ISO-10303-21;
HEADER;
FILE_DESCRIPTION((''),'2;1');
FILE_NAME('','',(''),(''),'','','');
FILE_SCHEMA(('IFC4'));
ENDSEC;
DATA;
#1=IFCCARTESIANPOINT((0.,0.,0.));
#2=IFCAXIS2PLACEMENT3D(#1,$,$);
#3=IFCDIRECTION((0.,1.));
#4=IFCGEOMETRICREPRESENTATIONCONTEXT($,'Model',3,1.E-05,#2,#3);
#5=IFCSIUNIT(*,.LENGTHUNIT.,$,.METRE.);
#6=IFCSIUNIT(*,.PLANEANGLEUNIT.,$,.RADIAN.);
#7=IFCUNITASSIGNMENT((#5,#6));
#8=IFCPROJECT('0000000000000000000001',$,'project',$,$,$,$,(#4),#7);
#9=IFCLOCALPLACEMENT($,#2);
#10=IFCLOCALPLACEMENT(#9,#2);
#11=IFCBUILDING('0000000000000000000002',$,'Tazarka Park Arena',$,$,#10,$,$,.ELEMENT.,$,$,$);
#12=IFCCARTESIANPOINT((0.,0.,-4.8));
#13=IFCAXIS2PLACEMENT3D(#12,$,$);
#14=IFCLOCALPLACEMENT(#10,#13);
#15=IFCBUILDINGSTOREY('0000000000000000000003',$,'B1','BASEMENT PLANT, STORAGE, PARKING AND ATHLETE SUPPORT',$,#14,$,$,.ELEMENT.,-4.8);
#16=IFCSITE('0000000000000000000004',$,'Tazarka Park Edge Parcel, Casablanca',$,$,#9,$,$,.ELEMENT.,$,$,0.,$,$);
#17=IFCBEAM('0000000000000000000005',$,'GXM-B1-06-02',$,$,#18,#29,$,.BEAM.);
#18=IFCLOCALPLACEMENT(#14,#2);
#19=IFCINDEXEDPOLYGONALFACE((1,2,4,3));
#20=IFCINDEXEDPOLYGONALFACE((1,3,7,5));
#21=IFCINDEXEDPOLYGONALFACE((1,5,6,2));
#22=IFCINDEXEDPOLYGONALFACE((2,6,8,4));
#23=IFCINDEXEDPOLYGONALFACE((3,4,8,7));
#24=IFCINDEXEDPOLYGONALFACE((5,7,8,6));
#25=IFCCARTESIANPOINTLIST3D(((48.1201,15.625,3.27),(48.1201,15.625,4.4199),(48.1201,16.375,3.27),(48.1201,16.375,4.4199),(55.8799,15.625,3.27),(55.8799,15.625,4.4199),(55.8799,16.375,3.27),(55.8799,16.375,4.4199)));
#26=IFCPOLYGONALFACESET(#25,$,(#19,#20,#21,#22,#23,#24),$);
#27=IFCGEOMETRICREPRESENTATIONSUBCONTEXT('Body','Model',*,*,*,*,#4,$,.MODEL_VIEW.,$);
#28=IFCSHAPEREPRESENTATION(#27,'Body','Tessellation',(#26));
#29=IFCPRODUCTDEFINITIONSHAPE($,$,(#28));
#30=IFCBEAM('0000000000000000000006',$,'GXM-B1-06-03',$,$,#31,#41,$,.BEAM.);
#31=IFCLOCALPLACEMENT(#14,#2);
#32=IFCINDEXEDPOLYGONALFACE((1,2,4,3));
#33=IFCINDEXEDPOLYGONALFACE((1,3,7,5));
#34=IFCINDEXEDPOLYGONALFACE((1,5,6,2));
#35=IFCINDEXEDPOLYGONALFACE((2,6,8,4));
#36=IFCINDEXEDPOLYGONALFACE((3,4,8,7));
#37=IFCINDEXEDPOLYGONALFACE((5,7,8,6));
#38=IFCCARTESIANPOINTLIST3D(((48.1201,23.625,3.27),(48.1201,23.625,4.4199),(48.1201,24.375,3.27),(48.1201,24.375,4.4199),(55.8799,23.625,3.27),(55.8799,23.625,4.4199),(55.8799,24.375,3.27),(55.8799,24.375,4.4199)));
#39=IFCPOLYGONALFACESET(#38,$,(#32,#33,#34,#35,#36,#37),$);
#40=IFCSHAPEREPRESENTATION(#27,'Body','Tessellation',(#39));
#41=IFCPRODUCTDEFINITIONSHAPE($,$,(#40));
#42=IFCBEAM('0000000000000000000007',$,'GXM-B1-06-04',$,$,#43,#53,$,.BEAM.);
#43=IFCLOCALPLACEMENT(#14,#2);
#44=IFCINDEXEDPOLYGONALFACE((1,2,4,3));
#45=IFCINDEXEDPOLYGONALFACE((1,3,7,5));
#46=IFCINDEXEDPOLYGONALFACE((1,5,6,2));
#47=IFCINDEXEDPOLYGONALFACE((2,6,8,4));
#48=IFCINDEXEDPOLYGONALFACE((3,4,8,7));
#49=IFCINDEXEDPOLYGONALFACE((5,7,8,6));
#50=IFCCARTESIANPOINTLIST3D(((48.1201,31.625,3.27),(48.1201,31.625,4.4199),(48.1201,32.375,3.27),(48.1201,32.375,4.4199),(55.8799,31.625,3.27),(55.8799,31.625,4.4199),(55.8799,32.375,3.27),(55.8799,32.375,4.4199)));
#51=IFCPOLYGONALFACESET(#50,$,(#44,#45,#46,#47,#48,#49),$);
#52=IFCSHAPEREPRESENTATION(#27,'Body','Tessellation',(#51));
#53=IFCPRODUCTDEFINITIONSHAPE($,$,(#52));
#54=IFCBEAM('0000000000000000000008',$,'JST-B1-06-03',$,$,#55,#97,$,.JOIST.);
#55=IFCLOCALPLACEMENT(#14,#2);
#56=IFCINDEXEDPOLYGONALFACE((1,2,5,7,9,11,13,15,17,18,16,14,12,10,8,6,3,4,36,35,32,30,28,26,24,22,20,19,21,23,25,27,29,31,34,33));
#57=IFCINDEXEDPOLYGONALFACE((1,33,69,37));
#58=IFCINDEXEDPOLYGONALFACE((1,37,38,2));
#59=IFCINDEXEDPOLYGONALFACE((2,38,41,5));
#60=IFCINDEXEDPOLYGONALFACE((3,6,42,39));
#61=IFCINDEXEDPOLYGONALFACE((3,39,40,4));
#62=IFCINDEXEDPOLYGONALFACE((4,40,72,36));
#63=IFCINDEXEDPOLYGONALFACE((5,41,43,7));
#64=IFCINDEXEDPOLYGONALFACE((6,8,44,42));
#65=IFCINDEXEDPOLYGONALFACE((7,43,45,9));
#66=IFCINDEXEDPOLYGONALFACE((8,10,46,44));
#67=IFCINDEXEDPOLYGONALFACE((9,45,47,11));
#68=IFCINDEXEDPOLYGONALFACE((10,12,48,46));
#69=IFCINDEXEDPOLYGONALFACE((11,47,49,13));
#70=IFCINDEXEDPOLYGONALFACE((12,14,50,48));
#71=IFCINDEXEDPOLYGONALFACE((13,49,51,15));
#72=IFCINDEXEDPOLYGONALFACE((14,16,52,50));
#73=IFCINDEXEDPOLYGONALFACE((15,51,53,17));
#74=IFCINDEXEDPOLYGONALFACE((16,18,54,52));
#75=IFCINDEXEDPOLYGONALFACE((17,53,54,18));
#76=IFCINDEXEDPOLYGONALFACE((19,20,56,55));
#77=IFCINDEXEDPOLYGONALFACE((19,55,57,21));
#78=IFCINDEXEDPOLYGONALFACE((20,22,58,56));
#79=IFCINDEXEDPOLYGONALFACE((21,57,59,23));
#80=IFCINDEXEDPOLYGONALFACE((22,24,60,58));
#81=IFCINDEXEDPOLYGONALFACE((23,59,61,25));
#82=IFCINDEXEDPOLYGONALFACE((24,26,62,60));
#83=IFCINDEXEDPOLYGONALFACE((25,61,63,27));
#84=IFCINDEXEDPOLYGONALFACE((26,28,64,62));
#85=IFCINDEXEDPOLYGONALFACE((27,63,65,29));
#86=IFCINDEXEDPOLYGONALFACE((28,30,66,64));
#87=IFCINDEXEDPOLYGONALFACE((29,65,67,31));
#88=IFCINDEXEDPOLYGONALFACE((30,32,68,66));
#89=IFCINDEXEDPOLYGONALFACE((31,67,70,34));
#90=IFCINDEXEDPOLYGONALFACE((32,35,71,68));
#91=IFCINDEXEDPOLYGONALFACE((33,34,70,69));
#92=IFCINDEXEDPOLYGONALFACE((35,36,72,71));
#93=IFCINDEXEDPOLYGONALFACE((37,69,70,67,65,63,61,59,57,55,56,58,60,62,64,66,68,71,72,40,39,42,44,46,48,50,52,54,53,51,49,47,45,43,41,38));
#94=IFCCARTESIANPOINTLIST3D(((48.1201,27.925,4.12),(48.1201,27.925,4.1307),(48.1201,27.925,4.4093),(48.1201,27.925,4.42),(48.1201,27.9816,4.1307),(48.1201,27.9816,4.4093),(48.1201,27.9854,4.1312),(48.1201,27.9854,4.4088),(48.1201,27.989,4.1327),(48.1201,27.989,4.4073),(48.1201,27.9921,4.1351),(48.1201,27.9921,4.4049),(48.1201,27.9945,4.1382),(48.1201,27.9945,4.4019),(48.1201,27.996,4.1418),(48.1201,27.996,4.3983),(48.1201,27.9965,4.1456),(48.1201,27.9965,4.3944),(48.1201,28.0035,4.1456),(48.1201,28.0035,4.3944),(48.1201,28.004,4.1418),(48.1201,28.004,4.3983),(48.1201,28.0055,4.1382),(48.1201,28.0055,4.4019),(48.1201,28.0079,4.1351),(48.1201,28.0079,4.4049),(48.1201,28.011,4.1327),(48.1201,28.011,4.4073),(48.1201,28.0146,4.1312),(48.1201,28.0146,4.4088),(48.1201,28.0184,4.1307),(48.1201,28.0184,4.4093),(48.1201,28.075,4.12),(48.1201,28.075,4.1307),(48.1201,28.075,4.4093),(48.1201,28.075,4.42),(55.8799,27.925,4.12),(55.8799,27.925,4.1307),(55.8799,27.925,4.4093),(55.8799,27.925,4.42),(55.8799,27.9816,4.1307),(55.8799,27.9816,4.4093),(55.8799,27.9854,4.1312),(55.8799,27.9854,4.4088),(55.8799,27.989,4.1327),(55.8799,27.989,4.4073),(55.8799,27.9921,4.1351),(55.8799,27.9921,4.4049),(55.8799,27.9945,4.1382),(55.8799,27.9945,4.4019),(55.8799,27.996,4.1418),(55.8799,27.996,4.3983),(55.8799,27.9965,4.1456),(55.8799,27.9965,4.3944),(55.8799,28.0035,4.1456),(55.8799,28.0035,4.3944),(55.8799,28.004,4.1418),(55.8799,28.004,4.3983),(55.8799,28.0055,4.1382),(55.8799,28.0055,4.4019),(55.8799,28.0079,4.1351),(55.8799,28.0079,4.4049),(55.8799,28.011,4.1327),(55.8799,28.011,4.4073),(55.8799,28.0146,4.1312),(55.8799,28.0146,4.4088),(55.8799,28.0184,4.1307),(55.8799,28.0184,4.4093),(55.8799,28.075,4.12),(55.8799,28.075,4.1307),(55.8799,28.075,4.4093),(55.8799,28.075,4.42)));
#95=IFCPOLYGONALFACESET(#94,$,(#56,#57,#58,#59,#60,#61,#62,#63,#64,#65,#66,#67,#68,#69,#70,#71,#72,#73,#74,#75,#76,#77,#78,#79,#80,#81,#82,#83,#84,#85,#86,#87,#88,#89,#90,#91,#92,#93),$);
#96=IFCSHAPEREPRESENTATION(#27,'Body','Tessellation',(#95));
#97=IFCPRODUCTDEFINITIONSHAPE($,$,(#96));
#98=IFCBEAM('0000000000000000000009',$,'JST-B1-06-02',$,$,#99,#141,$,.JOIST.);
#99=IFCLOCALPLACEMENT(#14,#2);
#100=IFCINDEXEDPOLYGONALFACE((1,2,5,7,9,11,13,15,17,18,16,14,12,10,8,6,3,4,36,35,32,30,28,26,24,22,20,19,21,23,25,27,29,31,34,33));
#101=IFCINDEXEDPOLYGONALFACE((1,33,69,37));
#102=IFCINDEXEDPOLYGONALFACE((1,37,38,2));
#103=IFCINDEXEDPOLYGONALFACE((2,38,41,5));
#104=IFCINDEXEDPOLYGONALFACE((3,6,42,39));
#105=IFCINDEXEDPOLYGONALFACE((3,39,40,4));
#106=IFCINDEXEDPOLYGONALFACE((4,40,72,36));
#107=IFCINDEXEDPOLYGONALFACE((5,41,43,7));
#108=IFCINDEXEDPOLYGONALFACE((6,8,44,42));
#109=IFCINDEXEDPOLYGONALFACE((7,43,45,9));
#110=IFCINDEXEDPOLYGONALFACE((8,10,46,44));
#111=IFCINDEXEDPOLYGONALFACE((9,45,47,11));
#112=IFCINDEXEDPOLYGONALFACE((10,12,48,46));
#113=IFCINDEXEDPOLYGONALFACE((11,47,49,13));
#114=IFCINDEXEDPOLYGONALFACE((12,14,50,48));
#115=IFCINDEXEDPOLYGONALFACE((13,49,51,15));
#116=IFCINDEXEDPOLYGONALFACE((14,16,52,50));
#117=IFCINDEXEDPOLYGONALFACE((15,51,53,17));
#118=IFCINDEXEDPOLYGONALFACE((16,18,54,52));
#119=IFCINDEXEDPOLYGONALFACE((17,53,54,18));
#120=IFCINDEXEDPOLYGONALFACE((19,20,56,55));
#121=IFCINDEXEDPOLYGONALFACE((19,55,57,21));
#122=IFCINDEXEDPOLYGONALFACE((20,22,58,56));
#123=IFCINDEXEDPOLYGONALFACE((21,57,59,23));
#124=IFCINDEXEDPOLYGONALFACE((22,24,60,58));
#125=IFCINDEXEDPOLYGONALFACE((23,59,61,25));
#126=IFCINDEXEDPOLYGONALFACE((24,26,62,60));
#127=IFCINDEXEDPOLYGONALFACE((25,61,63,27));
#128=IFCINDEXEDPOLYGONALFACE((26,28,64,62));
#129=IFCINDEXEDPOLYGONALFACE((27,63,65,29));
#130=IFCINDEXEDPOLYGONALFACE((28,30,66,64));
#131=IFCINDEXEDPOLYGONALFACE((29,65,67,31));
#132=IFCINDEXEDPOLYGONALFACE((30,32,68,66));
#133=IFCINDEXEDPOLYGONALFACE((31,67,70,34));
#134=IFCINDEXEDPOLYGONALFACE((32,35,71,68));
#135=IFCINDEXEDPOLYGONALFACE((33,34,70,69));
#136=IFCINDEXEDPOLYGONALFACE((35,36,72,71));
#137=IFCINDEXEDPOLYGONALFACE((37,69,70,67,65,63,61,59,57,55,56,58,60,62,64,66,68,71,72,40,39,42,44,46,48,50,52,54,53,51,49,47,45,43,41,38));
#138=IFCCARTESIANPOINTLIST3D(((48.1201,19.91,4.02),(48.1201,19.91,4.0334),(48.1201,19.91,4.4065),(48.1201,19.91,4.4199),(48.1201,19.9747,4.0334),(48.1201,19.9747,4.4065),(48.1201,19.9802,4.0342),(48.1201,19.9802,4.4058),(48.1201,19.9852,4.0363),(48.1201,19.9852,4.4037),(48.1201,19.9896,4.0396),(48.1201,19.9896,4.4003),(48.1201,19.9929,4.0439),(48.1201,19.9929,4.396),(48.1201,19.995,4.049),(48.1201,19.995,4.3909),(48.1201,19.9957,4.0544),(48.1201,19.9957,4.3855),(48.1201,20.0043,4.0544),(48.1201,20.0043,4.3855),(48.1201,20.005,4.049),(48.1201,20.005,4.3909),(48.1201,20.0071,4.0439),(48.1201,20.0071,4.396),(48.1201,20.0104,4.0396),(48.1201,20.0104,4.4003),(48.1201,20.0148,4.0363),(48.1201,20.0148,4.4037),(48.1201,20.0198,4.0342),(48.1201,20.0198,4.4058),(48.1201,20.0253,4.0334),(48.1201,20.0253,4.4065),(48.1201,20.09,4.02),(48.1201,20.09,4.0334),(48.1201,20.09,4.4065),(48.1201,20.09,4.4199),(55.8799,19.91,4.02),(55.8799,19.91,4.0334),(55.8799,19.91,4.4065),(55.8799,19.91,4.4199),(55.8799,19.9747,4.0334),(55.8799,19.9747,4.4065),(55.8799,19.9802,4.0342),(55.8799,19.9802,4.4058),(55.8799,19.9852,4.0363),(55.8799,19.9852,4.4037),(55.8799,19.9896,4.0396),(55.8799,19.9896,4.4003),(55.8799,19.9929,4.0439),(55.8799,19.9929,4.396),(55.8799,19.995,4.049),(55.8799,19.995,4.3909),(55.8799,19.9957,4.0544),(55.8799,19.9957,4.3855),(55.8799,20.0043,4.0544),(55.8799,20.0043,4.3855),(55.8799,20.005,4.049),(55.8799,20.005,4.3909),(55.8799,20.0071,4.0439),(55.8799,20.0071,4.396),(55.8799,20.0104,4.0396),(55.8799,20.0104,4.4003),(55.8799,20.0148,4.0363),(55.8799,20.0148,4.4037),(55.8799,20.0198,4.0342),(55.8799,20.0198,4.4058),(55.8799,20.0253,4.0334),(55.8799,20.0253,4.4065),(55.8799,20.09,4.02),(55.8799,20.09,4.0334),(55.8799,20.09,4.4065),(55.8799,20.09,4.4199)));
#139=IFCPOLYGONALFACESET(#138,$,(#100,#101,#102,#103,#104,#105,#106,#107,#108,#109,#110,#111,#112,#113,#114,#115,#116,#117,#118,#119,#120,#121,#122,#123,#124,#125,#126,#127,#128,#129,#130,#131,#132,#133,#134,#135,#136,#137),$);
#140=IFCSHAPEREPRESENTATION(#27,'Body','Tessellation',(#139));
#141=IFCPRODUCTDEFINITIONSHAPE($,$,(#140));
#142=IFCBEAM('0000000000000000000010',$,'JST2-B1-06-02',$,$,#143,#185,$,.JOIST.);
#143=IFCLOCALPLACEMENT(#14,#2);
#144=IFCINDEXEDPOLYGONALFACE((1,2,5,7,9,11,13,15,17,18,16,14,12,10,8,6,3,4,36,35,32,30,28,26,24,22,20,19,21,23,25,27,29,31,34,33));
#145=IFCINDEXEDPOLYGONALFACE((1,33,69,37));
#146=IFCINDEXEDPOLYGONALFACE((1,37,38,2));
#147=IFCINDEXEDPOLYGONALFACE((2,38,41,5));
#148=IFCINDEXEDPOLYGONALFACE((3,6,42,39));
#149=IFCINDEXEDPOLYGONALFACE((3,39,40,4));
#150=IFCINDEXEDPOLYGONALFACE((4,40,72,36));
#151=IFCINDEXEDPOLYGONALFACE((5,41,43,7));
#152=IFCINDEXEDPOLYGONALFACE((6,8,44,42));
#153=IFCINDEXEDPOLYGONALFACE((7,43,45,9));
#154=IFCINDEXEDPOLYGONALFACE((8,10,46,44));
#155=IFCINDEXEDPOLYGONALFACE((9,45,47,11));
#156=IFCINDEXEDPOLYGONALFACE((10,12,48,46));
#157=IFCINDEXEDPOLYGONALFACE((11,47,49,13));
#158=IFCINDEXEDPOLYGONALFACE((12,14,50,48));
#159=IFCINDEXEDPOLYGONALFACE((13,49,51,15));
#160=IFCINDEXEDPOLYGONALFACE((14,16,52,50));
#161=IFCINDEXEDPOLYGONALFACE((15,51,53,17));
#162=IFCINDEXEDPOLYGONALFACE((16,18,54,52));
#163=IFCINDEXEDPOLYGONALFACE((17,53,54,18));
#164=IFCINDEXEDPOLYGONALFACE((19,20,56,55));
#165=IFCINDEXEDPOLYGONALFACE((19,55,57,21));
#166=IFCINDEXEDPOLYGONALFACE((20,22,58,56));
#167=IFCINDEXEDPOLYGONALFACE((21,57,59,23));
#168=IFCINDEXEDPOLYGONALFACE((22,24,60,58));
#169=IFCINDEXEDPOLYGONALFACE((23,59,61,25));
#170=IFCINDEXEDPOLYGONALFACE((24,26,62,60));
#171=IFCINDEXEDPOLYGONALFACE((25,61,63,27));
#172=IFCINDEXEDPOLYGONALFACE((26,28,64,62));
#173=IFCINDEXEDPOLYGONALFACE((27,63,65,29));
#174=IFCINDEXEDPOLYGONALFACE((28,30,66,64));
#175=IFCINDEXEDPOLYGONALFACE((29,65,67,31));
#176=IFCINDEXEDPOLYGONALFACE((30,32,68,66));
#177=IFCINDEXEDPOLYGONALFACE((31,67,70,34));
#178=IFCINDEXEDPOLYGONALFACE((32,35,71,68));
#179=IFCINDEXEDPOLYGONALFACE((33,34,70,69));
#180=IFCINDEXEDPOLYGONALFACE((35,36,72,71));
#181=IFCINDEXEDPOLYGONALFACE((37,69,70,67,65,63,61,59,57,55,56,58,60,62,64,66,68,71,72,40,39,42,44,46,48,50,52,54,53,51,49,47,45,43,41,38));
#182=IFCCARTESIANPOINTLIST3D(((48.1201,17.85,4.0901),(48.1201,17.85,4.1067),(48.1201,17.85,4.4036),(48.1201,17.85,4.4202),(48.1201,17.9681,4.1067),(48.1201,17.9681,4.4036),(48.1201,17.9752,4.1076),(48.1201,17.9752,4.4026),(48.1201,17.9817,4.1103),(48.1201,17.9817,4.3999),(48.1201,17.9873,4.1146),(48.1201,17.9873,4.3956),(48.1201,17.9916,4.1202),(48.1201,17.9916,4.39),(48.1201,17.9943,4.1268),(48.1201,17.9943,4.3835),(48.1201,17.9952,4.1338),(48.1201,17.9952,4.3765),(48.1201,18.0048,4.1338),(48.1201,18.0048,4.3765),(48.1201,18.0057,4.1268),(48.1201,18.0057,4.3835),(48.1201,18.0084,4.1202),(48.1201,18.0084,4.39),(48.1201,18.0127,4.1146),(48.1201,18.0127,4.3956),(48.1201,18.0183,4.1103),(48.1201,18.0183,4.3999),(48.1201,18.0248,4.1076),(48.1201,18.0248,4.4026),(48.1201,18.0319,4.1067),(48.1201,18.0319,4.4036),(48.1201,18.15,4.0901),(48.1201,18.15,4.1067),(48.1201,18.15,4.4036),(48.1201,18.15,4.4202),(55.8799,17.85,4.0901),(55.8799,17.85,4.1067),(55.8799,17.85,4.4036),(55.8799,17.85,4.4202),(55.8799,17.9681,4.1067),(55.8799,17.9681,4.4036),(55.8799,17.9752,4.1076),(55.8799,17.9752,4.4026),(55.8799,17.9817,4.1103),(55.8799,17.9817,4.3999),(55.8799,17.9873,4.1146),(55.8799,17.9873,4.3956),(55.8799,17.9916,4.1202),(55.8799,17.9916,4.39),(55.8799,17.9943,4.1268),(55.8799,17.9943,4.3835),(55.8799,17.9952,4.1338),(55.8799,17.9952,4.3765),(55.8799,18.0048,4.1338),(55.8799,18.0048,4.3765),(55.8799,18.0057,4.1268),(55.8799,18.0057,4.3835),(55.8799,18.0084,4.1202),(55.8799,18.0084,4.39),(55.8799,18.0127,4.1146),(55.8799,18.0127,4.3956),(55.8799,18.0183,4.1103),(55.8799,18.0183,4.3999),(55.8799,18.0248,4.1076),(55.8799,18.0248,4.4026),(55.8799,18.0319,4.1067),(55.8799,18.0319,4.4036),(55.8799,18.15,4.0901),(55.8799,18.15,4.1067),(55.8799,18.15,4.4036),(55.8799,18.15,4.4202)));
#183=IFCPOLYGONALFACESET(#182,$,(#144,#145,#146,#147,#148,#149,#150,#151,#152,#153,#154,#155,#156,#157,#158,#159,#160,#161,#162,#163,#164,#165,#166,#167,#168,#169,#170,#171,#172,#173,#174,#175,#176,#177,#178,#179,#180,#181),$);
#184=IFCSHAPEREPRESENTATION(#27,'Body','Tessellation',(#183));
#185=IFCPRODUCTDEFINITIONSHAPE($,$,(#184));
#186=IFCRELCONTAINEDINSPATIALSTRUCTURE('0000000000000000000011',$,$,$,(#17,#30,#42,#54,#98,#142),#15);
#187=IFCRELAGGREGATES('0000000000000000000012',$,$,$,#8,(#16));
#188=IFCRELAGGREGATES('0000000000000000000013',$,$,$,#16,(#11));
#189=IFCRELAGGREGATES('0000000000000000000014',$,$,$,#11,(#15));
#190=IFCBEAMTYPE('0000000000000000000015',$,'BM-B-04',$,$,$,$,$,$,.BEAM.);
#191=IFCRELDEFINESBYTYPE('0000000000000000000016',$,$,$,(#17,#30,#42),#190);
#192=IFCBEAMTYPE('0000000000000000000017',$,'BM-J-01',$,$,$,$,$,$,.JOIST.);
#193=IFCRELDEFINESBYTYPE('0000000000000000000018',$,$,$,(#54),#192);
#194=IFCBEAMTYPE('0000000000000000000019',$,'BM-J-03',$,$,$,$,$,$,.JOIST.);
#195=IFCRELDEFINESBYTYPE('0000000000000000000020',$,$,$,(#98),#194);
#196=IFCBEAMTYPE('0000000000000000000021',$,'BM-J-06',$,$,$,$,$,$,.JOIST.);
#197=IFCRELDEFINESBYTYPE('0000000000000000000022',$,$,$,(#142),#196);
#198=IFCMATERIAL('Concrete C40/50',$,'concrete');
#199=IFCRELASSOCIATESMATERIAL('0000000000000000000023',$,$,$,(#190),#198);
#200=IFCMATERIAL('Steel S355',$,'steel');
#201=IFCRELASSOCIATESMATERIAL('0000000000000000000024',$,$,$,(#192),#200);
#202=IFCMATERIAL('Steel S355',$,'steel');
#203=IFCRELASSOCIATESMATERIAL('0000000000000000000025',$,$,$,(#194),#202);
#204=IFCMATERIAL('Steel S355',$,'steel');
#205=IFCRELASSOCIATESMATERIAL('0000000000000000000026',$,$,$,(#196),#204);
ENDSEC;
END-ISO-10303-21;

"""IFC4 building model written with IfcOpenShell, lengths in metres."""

from ifc_helpers import new_model, si_unit, direction, frame, origin, origin_2d, place, context, subcontext, project, spatial, rectangle, i_section, extrude, material, material_profile, profile_set, type_object, element, save


model = new_model("IFC4")

# Units and contexts
model_context = context("Model", 3, precision=1e-05, world=origin(), true_north=direction((0.0, 1.0)))
body_context = subcontext(model_context, "Body", "Model", "MODEL_VIEW")
ifc_project = project(units=[si_unit("LENGTHUNIT", "METRE"), si_unit("PLANEANGLEUNIT", "RADIAN")], contexts=[model_context])

# Site, building, storey
site_placement = place(None, origin())
site = spatial("IfcSite", under=ifc_project, at=site_placement, Name="Tazarka Park Edge Parcel, Casablanca", CompositionType="ELEMENT", RefElevation=0.0)
building_placement = place(site_placement, origin())
building = spatial("IfcBuilding", under=site, at=building_placement, Name="Tazarka Park Arena", CompositionType="ELEMENT")
storey_placement = place(building_placement, frame((0.0, 0.0, -4.8)))
storey = spatial("IfcBuildingStorey", under=building, at=storey_placement, Name="B1", Description="BASEMENT PLANT, STORAGE, PARKING AND ATHLETE SUPPORT", CompositionType="ELEMENT", Elevation=-4.8)

# Beams
ifc_material_1 = material(Name="Concrete C40/50", Category="concrete")
ifc_material_profile_1 = material_profile(ifc_material_1, rectangle(XDim=0.75, YDim=1.1499, at=origin_2d()), Name="Concrete C40/50")
ifc_profile_set_1 = profile_set([ifc_material_profile_1], Name="Concrete C40/50")
beam_type_1 = type_object("IfcBeamType", Name="BM-B-04", PredefinedType="BEAM", material=ifc_profile_set_1)
for number, where, z_axis, x_axis, name in (
    (1, (48.1201, 16.0, 3.845), (1.0, 0.0, 0.0), (0.0, 1.0, 0.0), "GXM-B1-06-02"),
    (2, (48.1201, 24.0, 3.845), (1.0, 0.0, 0.0), (0.0, 1.0, 0.0), "GXM-B1-06-03"),
    (3, (48.1201, 32.0, 3.845), (1.0, 0.0, 0.0), (0.0, 1.0, 0.0), "GXM-B1-06-04"),
):
    element("IfcBeam", number, at=place(storey_placement, frame(where, z_axis=z_axis, x_axis=x_axis)), inside=storey, type_object=beam_type_1, Name=name, PredefinedType="BEAM", context=body_context, shape_type="SweptSolid", body=[
        extrude(rectangle(XDim=0.75, YDim=1.1499, at=origin_2d()), origin(), (0.0, 0.0, 1.0), 7.7598),
    ])
ifc_material_2 = material(Name="Steel S355", Category="steel")
ifc_material_profile_2 = material_profile(ifc_material_2, i_section(OverallWidth=0.1499, OverallDepth=0.3, WebThickness=0.0071, FlangeThickness=0.0107, FilletRadius=0.0149, at=origin_2d()), Name="Steel S355")
ifc_profile_set_2 = profile_set([ifc_material_profile_2], Name="Steel S355")
beam_type_2 = type_object("IfcBeamType", Name="BM-J-01", PredefinedType="JOIST", material=ifc_profile_set_2)
beam_1_placement = place(storey_placement, frame((48.1201, 28.0, 4.27), z_axis=(1.0, 0.0, 0.0), x_axis=(0.0, 1.0, 0.0)))
element("IfcBeam", 4, at=beam_1_placement, inside=storey, type_object=beam_type_2, Name="JST-B1-06-03", PredefinedType="JOIST", context=body_context, shape_type="SweptSolid", body=[
    extrude(i_section(OverallWidth=0.1499, OverallDepth=0.3, WebThickness=0.0071, FlangeThickness=0.0107, FilletRadius=0.0149, at=origin_2d()), origin(), (0.0, 0.0, 1.0), 7.7598),
])
ifc_material_3 = material(Name="Steel S355", Category="steel")
ifc_material_profile_3 = material_profile(ifc_material_3, i_section(OverallWidth=0.1799, OverallDepth=0.3999, WebThickness=0.0085, FlangeThickness=0.0134, FilletRadius=0.021, at=origin_2d()), Name="Steel S355")
ifc_profile_set_3 = profile_set([ifc_material_profile_3], Name="Steel S355")
beam_type_3 = type_object("IfcBeamType", Name="BM-J-03", PredefinedType="JOIST", material=ifc_profile_set_3)
beam_2_placement = place(storey_placement, frame((48.1201, 20.0, 4.22), z_axis=(1.0, 0.0, 0.0), x_axis=(0.0, 1.0, 0.0)))
element("IfcBeam", 5, at=beam_2_placement, inside=storey, type_object=beam_type_3, Name="JST-B1-06-02", PredefinedType="JOIST", context=body_context, shape_type="SweptSolid", body=[
    extrude(i_section(OverallWidth=0.1799, OverallDepth=0.3999, WebThickness=0.0085, FlangeThickness=0.0134, FilletRadius=0.021, at=origin_2d()), origin(), (0.0, 0.0, 1.0), 7.7598),
])
ifc_material_4 = material(Name="Steel S355", Category="steel")
ifc_material_profile_4 = material_profile(ifc_material_4, i_section(OverallWidth=0.3, OverallDepth=0.3301, WebThickness=0.0095, FlangeThickness=0.0166, FilletRadius=0.0271, at=origin_2d()), Name="Steel S355")
ifc_profile_set_4 = profile_set([ifc_material_profile_4], Name="Steel S355")
beam_type_4 = type_object("IfcBeamType", Name="BM-J-06", PredefinedType="JOIST", material=ifc_profile_set_4)
beam_3_placement = place(storey_placement, frame((48.1201, 18.0, 4.2551), z_axis=(1.0, 0.0, 0.0), x_axis=(0.0, 1.0, 0.0)))
element("IfcBeam", 6, at=beam_3_placement, inside=storey, type_object=beam_type_4, Name="JST2-B1-06-02", PredefinedType="JOIST", context=body_context, shape_type="SweptSolid", body=[
    extrude(i_section(OverallWidth=0.3, OverallDepth=0.3301, WebThickness=0.0095, FlangeThickness=0.0166, FilletRadius=0.0271, at=origin_2d()), origin(), (0.0, 0.0, 1.0), 7.7598),
])

save(model, "model.ifc")
